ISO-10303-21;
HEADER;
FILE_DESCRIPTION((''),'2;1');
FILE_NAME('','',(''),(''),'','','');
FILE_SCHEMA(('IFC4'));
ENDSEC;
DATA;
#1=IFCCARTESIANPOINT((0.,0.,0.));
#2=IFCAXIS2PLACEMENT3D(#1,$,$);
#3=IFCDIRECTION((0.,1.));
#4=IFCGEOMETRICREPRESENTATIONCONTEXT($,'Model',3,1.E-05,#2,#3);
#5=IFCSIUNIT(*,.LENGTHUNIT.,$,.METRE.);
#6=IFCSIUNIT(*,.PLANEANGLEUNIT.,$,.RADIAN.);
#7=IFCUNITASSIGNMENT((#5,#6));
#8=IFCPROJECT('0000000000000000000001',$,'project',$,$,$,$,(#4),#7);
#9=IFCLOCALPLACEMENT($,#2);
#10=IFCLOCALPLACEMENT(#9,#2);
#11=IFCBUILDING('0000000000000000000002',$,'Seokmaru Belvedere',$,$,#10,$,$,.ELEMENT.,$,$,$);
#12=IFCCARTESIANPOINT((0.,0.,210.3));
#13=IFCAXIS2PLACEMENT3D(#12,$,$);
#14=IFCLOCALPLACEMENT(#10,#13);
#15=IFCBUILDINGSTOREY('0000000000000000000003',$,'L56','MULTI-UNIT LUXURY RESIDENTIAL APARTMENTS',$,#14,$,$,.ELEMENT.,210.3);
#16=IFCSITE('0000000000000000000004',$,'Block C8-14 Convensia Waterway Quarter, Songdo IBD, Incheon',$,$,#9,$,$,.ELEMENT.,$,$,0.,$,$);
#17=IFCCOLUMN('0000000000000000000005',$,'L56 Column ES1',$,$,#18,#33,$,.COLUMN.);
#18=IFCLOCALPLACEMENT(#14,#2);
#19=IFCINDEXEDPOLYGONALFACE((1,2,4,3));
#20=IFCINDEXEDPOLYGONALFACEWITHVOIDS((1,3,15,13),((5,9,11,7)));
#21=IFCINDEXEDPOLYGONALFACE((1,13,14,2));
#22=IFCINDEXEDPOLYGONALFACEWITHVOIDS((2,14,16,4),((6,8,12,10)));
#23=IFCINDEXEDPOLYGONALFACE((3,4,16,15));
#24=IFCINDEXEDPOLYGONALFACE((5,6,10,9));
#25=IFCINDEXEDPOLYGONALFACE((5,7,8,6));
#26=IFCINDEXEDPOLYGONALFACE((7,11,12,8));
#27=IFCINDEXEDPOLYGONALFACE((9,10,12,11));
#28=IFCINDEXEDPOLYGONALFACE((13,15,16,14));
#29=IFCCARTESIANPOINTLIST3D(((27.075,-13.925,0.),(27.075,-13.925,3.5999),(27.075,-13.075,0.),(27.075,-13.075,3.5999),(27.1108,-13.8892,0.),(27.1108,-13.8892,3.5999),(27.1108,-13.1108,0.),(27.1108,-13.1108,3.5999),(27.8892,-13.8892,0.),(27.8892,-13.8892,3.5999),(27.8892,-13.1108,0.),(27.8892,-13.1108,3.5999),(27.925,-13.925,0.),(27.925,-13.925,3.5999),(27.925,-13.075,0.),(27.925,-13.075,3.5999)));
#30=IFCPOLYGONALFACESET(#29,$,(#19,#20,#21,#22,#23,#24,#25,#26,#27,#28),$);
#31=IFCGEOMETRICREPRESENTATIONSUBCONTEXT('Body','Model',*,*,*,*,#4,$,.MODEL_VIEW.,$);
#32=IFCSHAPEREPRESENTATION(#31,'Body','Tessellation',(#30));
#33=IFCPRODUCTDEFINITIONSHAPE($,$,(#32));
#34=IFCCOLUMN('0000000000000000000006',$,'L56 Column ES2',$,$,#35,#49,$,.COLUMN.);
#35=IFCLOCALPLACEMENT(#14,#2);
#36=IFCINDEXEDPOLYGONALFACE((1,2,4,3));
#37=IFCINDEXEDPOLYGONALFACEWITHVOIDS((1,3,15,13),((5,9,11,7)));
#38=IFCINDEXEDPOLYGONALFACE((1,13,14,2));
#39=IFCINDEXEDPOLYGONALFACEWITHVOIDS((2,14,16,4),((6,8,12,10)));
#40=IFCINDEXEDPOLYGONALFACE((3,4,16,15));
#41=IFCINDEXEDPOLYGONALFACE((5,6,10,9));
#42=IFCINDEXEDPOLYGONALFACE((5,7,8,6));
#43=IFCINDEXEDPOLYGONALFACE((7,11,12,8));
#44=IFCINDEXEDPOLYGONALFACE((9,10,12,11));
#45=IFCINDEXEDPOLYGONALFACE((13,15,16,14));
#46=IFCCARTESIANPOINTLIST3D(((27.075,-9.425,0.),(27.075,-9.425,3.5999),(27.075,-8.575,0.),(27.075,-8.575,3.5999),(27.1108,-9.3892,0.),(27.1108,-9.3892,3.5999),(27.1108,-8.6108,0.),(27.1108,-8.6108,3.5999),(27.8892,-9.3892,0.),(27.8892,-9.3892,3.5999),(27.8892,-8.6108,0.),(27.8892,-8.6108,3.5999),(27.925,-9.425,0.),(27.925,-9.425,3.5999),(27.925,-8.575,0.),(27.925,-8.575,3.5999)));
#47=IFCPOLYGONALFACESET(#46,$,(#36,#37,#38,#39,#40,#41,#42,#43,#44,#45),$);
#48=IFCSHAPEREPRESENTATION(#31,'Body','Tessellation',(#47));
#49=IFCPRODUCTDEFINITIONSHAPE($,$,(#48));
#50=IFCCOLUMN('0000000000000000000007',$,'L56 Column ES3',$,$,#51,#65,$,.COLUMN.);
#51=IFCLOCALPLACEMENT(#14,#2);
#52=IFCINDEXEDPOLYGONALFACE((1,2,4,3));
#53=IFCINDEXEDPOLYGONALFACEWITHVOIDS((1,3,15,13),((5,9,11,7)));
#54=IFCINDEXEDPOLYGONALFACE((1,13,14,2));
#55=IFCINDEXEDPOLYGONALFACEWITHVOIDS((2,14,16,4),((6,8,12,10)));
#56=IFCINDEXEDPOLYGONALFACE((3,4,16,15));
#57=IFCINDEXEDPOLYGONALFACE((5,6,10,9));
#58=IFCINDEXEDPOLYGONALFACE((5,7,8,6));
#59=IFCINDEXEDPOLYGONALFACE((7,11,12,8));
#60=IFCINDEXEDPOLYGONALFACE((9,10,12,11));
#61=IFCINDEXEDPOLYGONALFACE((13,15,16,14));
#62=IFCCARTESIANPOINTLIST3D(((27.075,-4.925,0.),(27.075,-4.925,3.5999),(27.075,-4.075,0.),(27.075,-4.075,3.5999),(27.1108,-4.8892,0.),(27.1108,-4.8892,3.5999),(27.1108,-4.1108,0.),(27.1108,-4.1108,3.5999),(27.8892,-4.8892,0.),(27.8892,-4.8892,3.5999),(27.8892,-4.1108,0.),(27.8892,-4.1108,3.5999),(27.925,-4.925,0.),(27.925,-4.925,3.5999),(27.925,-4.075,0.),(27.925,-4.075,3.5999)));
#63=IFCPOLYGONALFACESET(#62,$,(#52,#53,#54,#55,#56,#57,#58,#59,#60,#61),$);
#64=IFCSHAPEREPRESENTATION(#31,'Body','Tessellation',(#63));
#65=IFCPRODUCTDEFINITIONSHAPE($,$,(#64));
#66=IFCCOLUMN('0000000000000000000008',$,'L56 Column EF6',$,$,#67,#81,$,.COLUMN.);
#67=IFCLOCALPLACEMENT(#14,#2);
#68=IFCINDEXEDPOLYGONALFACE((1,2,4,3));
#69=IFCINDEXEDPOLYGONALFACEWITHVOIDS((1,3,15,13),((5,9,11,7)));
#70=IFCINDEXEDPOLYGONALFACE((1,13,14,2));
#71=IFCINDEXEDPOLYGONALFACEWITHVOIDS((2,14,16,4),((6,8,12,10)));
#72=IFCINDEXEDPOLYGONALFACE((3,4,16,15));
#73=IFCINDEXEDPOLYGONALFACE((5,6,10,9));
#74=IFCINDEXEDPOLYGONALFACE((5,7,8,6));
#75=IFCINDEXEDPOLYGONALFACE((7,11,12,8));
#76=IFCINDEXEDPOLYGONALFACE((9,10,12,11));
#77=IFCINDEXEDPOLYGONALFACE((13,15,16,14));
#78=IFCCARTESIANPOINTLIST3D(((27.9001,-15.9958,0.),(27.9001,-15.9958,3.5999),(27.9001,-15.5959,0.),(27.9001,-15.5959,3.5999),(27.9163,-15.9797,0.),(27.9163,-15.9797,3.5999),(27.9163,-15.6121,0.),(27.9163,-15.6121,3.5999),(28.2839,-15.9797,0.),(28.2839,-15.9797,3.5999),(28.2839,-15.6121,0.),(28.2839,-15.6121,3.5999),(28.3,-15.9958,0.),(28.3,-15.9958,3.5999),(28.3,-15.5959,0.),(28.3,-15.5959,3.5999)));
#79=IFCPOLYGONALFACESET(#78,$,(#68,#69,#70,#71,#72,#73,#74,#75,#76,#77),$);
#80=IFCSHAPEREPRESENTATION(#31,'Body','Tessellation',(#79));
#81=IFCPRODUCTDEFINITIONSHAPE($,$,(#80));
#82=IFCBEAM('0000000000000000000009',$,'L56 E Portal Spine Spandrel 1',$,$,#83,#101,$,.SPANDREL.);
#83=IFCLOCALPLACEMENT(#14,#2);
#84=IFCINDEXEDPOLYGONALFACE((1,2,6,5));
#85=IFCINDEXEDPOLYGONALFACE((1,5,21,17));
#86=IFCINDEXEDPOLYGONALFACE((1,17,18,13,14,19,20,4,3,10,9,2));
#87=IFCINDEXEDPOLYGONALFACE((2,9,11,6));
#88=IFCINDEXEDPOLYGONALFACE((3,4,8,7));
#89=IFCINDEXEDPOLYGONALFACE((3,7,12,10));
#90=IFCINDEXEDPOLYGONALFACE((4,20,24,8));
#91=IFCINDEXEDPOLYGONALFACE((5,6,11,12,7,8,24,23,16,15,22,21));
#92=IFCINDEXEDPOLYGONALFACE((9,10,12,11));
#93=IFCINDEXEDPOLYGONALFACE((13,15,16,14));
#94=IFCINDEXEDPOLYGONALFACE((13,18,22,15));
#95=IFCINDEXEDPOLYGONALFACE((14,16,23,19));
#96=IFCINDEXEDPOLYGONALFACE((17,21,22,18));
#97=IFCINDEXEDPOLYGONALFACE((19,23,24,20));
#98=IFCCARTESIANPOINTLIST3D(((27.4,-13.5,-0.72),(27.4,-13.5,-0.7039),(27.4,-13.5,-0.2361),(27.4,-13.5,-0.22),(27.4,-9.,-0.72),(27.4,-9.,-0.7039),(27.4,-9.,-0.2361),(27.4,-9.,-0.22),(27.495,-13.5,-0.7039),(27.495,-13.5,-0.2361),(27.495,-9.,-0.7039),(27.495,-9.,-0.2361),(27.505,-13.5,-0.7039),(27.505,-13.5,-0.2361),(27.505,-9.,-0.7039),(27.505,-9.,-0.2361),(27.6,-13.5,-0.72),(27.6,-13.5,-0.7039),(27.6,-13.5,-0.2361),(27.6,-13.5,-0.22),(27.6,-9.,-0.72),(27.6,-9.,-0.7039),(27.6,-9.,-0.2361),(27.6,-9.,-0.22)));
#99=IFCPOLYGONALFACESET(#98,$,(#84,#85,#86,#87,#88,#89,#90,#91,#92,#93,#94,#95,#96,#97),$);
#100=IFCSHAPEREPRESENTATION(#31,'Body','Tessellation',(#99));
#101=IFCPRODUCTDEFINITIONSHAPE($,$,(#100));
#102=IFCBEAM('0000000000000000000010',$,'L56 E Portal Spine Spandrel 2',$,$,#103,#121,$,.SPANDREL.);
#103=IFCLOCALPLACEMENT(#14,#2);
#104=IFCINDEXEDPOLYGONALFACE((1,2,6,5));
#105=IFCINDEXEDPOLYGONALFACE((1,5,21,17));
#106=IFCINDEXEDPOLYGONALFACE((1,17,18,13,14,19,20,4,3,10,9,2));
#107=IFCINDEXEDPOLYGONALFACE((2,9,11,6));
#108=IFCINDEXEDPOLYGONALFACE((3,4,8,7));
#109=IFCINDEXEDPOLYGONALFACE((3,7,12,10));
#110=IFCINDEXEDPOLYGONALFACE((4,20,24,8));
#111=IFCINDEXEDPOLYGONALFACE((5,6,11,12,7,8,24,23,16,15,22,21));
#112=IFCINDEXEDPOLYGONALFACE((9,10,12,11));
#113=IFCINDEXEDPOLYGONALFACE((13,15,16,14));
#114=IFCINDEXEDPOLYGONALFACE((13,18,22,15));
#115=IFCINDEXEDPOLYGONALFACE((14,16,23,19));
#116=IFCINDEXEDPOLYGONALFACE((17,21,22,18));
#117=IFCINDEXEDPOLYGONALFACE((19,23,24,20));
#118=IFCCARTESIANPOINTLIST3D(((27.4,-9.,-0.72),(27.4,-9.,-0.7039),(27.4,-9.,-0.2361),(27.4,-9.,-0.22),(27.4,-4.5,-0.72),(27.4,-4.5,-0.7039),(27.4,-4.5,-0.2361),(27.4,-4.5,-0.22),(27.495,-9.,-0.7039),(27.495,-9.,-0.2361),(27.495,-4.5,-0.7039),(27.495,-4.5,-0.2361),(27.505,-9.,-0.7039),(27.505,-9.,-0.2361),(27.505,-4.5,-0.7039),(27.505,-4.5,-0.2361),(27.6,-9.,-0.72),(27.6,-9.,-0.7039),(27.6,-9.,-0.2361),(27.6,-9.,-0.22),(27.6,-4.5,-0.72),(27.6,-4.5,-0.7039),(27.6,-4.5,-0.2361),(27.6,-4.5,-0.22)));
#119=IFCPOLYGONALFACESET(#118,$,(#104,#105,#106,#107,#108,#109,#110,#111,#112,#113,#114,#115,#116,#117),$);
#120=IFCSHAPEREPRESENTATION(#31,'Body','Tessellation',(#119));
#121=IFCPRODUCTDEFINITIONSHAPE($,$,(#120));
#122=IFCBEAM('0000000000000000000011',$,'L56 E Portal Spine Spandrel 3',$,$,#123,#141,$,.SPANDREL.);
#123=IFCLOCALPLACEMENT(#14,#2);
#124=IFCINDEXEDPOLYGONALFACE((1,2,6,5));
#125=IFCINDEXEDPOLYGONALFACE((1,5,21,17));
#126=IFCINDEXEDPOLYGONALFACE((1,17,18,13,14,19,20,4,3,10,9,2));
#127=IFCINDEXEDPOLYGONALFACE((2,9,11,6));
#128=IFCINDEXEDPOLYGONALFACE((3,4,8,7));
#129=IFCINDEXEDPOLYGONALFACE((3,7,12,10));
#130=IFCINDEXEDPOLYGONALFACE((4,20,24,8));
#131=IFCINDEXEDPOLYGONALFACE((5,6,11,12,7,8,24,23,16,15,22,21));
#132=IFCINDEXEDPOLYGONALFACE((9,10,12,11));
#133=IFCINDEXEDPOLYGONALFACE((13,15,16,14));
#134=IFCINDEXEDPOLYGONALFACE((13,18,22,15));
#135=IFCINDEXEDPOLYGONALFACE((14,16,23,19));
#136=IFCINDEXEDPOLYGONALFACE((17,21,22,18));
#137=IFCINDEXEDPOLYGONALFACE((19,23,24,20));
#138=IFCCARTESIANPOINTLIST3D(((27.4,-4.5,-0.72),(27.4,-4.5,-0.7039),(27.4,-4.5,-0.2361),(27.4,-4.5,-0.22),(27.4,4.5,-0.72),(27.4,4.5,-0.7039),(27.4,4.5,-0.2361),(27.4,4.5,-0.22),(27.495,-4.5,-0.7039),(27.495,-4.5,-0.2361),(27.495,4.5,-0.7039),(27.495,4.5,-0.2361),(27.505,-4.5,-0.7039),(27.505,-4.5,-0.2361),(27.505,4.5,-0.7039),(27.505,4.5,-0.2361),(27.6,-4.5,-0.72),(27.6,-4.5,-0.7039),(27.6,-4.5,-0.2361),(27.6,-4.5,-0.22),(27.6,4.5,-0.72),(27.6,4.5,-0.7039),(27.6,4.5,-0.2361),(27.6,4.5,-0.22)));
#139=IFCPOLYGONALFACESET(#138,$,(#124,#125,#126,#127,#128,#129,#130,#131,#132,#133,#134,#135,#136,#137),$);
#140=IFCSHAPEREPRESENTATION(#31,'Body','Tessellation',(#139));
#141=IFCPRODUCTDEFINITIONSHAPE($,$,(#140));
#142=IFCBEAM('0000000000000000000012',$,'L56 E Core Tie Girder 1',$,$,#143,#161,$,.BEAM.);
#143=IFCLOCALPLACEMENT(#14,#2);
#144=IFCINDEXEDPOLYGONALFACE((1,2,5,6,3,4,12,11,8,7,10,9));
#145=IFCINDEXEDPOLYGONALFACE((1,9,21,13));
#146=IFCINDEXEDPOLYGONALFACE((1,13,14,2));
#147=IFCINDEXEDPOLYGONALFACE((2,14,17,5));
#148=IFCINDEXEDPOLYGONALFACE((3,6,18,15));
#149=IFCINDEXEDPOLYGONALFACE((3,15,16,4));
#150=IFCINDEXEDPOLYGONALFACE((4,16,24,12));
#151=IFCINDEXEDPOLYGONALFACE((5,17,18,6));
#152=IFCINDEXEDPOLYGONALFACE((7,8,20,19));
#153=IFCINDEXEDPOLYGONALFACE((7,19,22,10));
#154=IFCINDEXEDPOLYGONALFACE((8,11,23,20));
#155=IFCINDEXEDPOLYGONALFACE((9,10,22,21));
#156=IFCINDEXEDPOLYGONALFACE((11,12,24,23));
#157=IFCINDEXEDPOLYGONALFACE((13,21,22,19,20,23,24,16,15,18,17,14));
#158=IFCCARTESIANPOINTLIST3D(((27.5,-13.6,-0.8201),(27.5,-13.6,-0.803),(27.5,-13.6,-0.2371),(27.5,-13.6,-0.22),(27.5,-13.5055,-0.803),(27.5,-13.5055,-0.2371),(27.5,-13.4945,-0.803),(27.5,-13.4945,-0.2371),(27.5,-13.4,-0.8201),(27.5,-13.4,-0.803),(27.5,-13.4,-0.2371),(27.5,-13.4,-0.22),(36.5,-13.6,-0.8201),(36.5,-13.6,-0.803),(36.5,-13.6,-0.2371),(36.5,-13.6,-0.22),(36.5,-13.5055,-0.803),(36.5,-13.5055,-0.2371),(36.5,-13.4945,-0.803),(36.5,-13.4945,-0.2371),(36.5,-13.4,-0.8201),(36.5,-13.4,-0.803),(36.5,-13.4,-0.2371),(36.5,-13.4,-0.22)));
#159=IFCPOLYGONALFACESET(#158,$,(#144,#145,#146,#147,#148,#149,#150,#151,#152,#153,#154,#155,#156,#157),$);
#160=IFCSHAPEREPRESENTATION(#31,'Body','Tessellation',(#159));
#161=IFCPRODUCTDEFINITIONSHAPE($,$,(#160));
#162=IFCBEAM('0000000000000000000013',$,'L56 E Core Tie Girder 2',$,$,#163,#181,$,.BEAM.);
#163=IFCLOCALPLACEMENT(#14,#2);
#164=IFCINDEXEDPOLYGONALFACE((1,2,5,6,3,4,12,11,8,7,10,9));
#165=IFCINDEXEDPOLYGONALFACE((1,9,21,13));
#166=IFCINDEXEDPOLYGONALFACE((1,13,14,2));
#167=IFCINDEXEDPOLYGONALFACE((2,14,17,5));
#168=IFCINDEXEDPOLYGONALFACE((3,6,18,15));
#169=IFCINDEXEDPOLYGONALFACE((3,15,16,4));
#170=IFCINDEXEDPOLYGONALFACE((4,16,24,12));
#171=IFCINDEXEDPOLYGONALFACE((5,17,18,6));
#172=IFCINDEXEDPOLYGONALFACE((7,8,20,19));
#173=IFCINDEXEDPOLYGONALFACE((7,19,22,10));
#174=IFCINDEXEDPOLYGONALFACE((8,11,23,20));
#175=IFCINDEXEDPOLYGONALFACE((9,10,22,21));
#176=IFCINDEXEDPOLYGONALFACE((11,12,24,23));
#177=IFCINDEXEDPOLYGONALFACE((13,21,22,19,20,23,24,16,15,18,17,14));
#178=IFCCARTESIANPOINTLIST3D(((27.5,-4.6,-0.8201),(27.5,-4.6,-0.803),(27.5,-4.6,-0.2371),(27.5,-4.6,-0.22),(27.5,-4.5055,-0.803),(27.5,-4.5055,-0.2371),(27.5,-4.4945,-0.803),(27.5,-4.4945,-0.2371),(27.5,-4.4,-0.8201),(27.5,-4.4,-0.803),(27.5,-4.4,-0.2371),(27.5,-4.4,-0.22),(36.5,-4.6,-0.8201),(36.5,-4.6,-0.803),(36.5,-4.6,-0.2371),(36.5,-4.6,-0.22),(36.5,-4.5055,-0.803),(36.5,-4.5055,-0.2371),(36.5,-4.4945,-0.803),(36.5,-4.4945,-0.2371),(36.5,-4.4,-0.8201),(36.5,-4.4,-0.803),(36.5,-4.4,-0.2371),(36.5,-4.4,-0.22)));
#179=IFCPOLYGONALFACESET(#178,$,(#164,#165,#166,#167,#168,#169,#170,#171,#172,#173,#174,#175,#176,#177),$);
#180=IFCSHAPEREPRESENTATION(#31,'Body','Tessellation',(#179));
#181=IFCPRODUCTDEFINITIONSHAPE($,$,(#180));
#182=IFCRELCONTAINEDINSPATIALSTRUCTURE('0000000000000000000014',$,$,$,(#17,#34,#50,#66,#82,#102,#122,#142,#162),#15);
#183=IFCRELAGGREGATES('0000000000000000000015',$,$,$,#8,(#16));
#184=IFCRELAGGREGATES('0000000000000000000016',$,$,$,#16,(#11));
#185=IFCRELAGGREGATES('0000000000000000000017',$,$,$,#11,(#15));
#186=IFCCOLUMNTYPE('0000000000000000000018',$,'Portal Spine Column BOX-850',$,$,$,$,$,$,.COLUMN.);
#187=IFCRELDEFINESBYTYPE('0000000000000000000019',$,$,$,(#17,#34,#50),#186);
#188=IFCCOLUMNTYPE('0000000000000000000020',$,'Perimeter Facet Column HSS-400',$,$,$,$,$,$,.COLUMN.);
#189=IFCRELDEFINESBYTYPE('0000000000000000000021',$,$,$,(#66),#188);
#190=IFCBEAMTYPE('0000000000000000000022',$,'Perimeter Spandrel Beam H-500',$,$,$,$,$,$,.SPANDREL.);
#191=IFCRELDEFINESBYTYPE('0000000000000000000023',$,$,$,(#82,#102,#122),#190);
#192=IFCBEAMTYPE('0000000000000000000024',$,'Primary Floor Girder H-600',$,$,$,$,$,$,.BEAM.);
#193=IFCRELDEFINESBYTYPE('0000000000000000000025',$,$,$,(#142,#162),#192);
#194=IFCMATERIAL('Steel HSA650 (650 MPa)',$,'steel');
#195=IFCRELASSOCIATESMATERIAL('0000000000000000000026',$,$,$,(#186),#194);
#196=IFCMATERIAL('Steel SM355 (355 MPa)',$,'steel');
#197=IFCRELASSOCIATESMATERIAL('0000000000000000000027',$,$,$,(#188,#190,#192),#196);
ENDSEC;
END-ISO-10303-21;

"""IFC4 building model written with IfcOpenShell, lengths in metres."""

from ifc_helpers import new_model, si_unit, direction, frame, origin, origin_2d, place, context, subcontext, project, spatial, hollow_rectangle, i_section, extrude, source, transform, mapped, material, material_profile, profile_set, type_object, type_shapes, element, save


model = new_model("IFC4")

# Units and contexts
model_context = context("Model", 3, precision=1e-05, world=origin(), true_north=direction((0.0, 1.0)))
body_context = subcontext(model_context, "Body", "Model", "MODEL_VIEW")
ifc_project = project(units=[si_unit("LENGTHUNIT", "METRE"), si_unit("PLANEANGLEUNIT", "RADIAN")], contexts=[model_context])

# Site, building, storey
site_placement = place(None, origin())
site = spatial("IfcSite", under=ifc_project, at=site_placement, Name="Block C8-14 Convensia Waterway Quarter, Songdo IBD, Incheon", CompositionType="ELEMENT", RefElevation=0.0)
building_placement = place(site_placement, origin())
building = spatial("IfcBuilding", under=site, at=building_placement, Name="Seokmaru Belvedere", CompositionType="ELEMENT")
storey_placement = place(building_placement, frame((0.0, 0.0, 210.3)))
storey = spatial("IfcBuildingStorey", under=building, at=storey_placement, Name="L56", Description="MULTI-UNIT LUXURY RESIDENTIAL APARTMENTS", CompositionType="ELEMENT", Elevation=210.3)

# Columns
ifc_material_1 = material(Name="Steel HSA650 (650 MPa)", Category="steel")
ifc_material_profile_1 = material_profile(ifc_material_1, hollow_rectangle(XDim=0.8501, YDim=0.8501, WallThickness=0.0359, at=origin_2d()), Name="BOX-850x850x36")
ifc_profile_set_1 = profile_set([ifc_material_profile_1], Name="Steel HSA650 (650 MPa)")
column_type_1 = type_object("IfcColumnType", Name="Portal Spine Column BOX-850", PredefinedType="COLUMN", material=ifc_profile_set_1)
shared_shape_1 = source(origin(), body_context, "Body", "SweptSolid", [
    extrude(hollow_rectangle(XDim=0.8501, YDim=0.8501, WallThickness=0.0359, at=origin_2d()), origin(), (0.0, 0.0, 1.0), 3.5999),
])
type_shapes(column_type_1, [shared_shape_1])
for number, where, z_axis, x_axis, name in (
    (1, (27.5, -13.5, 0.0), (0.0, 0.0, 1.0), (1.0, 0.0, 0.0), "L56 Column ES1"),
    (2, (27.5, -9.0, 0.0), (0.0, 0.0, 1.0), (1.0, 0.0, 0.0), "L56 Column ES2"),
    (3, (27.5, -4.5, 0.0), (0.0, 0.0, 1.0), (1.0, 0.0, 0.0), "L56 Column ES3"),
):
    element("IfcColumn", number, at=place(storey_placement, frame(where, z_axis=z_axis, x_axis=x_axis)), inside=storey, type_object=column_type_1, Name=name, PredefinedType="COLUMN", context=body_context, shape_type="MappedRepresentation", body=[
        mapped(shared_shape_1, transform((0.0, 0.0, 0.0), scale=1.0)),
    ])
ifc_material_2 = material(Name="Steel SM355 (355 MPa)", Category="steel")
ifc_material_profile_2 = material_profile(ifc_material_2, hollow_rectangle(XDim=0.3999, YDim=0.3999, WallThickness=0.0161, at=origin_2d()), Name="HSS-400x400x16")
ifc_profile_set_2 = profile_set([ifc_material_profile_2], Name="Steel SM355 (355 MPa)")
column_type_2 = type_object("IfcColumnType", Name="Perimeter Facet Column HSS-400", PredefinedType="COLUMN", material=ifc_profile_set_2)
shared_shape_2 = source(origin(), body_context, "Body", "SweptSolid", [
    extrude(hollow_rectangle(XDim=0.3999, YDim=0.3999, WallThickness=0.0161, at=origin_2d()), origin(), (0.0, 0.0, 1.0), 3.5999),
])
type_shapes(column_type_2, [shared_shape_2])
column_placement = place(storey_placement, frame((28.1001, -15.7959, 0.0), z_axis=(0.0, 0.0, 1.0), x_axis=(1.0, 0.0, 0.0)))
element("IfcColumn", 4, at=column_placement, inside=storey, type_object=column_type_2, Name="L56 Column EF6", PredefinedType="COLUMN", context=body_context, shape_type="MappedRepresentation", body=[
    mapped(shared_shape_2, transform((0.0, 0.0, 0.0), scale=1.0)),
])

# Beams
ifc_material_profile_3 = material_profile(ifc_material_2, i_section(OverallWidth=0.2, OverallDepth=0.5, WebThickness=0.01, FlangeThickness=0.0161, at=origin_2d()), Name="H-500x200x10x16")
ifc_profile_set_3 = profile_set([ifc_material_profile_3], Name="Steel SM355 (355 MPa)")
beam_type_1 = type_object("IfcBeamType", Name="Perimeter Spandrel Beam H-500", PredefinedType="SPANDREL", material=ifc_profile_set_3)
shared_shape_3 = source(origin(), body_context, "Body", "SweptSolid", [
    extrude(i_section(OverallWidth=0.2, OverallDepth=0.5, WebThickness=0.01, FlangeThickness=0.0161, at=origin_2d()), origin(), (0.0, 0.0, 1.0), 4.5),
])
for number, where, z_axis, x_axis, name in (
    (5, (27.5, -13.5, -0.47), (0.0, 1.0, 0.0), (-1.0, 0.0, 0.0), "L56 E Portal Spine Spandrel 1"),
    (6, (27.5, -9.0, -0.47), (0.0, 1.0, 0.0), (-1.0, 0.0, 0.0), "L56 E Portal Spine Spandrel 2"),
):
    element("IfcBeam", number, at=place(storey_placement, frame(where, z_axis=z_axis, x_axis=x_axis)), inside=storey, type_object=beam_type_1, Name=name, PredefinedType="SPANDREL", context=body_context, shape_type="MappedRepresentation", body=[
        mapped(shared_shape_3, transform((0.0, 0.0, 0.0), scale=1.0)),
    ])
shared_shape_4 = source(origin(), body_context, "Body", "SweptSolid", [
    extrude(i_section(OverallWidth=0.2, OverallDepth=0.5, WebThickness=0.01, FlangeThickness=0.0161, at=origin_2d()), origin(), (0.0, 0.0, 1.0), 9.0),
])
beam_1_placement = place(storey_placement, frame((27.5, -4.5, -0.47), z_axis=(0.0, 1.0, 0.0), x_axis=(-1.0, 0.0, 0.0)))
element("IfcBeam", 7, at=beam_1_placement, inside=storey, type_object=beam_type_1, Name="L56 E Portal Spine Spandrel 3", PredefinedType="SPANDREL", context=body_context, shape_type="MappedRepresentation", body=[
    mapped(shared_shape_4, transform((0.0, 0.0, 0.0), scale=1.0)),
])
ifc_material_profile_4 = material_profile(ifc_material_2, i_section(OverallWidth=0.2, OverallDepth=0.6001, WebThickness=0.011, FlangeThickness=0.0171, at=origin_2d()), Name="H-600x200x11x17")
ifc_profile_set_4 = profile_set([ifc_material_profile_4], Name="Steel SM355 (355 MPa)")
beam_type_2 = type_object("IfcBeamType", Name="Primary Floor Girder H-600", PredefinedType="BEAM", material=ifc_profile_set_4)
shared_shape_5 = source(origin(), body_context, "Body", "SweptSolid", [
    extrude(i_section(OverallWidth=0.2, OverallDepth=0.6001, WebThickness=0.011, FlangeThickness=0.0171, at=origin_2d()), origin(), (0.0, 0.0, 1.0), 9.0),
])
type_shapes(beam_type_2, [shared_shape_5])
for number, where, z_axis, x_axis, name in (
    (8, (27.5, -13.5, -0.52), (1.0, 0.0, 0.0), (0.0, 1.0, 0.0), "L56 E Core Tie Girder 1"),
    (9, (27.5, -4.5, -0.52), (1.0, 0.0, 0.0), (0.0, 1.0, 0.0), "L56 E Core Tie Girder 2"),
):
    element("IfcBeam", number, at=place(storey_placement, frame(where, z_axis=z_axis, x_axis=x_axis)), inside=storey, type_object=beam_type_2, Name=name, PredefinedType="BEAM", context=body_context, shape_type="MappedRepresentation", body=[
        mapped(shared_shape_5, transform((0.0, 0.0, 0.0), scale=1.0)),
    ])

save(model, "model.ifc")
